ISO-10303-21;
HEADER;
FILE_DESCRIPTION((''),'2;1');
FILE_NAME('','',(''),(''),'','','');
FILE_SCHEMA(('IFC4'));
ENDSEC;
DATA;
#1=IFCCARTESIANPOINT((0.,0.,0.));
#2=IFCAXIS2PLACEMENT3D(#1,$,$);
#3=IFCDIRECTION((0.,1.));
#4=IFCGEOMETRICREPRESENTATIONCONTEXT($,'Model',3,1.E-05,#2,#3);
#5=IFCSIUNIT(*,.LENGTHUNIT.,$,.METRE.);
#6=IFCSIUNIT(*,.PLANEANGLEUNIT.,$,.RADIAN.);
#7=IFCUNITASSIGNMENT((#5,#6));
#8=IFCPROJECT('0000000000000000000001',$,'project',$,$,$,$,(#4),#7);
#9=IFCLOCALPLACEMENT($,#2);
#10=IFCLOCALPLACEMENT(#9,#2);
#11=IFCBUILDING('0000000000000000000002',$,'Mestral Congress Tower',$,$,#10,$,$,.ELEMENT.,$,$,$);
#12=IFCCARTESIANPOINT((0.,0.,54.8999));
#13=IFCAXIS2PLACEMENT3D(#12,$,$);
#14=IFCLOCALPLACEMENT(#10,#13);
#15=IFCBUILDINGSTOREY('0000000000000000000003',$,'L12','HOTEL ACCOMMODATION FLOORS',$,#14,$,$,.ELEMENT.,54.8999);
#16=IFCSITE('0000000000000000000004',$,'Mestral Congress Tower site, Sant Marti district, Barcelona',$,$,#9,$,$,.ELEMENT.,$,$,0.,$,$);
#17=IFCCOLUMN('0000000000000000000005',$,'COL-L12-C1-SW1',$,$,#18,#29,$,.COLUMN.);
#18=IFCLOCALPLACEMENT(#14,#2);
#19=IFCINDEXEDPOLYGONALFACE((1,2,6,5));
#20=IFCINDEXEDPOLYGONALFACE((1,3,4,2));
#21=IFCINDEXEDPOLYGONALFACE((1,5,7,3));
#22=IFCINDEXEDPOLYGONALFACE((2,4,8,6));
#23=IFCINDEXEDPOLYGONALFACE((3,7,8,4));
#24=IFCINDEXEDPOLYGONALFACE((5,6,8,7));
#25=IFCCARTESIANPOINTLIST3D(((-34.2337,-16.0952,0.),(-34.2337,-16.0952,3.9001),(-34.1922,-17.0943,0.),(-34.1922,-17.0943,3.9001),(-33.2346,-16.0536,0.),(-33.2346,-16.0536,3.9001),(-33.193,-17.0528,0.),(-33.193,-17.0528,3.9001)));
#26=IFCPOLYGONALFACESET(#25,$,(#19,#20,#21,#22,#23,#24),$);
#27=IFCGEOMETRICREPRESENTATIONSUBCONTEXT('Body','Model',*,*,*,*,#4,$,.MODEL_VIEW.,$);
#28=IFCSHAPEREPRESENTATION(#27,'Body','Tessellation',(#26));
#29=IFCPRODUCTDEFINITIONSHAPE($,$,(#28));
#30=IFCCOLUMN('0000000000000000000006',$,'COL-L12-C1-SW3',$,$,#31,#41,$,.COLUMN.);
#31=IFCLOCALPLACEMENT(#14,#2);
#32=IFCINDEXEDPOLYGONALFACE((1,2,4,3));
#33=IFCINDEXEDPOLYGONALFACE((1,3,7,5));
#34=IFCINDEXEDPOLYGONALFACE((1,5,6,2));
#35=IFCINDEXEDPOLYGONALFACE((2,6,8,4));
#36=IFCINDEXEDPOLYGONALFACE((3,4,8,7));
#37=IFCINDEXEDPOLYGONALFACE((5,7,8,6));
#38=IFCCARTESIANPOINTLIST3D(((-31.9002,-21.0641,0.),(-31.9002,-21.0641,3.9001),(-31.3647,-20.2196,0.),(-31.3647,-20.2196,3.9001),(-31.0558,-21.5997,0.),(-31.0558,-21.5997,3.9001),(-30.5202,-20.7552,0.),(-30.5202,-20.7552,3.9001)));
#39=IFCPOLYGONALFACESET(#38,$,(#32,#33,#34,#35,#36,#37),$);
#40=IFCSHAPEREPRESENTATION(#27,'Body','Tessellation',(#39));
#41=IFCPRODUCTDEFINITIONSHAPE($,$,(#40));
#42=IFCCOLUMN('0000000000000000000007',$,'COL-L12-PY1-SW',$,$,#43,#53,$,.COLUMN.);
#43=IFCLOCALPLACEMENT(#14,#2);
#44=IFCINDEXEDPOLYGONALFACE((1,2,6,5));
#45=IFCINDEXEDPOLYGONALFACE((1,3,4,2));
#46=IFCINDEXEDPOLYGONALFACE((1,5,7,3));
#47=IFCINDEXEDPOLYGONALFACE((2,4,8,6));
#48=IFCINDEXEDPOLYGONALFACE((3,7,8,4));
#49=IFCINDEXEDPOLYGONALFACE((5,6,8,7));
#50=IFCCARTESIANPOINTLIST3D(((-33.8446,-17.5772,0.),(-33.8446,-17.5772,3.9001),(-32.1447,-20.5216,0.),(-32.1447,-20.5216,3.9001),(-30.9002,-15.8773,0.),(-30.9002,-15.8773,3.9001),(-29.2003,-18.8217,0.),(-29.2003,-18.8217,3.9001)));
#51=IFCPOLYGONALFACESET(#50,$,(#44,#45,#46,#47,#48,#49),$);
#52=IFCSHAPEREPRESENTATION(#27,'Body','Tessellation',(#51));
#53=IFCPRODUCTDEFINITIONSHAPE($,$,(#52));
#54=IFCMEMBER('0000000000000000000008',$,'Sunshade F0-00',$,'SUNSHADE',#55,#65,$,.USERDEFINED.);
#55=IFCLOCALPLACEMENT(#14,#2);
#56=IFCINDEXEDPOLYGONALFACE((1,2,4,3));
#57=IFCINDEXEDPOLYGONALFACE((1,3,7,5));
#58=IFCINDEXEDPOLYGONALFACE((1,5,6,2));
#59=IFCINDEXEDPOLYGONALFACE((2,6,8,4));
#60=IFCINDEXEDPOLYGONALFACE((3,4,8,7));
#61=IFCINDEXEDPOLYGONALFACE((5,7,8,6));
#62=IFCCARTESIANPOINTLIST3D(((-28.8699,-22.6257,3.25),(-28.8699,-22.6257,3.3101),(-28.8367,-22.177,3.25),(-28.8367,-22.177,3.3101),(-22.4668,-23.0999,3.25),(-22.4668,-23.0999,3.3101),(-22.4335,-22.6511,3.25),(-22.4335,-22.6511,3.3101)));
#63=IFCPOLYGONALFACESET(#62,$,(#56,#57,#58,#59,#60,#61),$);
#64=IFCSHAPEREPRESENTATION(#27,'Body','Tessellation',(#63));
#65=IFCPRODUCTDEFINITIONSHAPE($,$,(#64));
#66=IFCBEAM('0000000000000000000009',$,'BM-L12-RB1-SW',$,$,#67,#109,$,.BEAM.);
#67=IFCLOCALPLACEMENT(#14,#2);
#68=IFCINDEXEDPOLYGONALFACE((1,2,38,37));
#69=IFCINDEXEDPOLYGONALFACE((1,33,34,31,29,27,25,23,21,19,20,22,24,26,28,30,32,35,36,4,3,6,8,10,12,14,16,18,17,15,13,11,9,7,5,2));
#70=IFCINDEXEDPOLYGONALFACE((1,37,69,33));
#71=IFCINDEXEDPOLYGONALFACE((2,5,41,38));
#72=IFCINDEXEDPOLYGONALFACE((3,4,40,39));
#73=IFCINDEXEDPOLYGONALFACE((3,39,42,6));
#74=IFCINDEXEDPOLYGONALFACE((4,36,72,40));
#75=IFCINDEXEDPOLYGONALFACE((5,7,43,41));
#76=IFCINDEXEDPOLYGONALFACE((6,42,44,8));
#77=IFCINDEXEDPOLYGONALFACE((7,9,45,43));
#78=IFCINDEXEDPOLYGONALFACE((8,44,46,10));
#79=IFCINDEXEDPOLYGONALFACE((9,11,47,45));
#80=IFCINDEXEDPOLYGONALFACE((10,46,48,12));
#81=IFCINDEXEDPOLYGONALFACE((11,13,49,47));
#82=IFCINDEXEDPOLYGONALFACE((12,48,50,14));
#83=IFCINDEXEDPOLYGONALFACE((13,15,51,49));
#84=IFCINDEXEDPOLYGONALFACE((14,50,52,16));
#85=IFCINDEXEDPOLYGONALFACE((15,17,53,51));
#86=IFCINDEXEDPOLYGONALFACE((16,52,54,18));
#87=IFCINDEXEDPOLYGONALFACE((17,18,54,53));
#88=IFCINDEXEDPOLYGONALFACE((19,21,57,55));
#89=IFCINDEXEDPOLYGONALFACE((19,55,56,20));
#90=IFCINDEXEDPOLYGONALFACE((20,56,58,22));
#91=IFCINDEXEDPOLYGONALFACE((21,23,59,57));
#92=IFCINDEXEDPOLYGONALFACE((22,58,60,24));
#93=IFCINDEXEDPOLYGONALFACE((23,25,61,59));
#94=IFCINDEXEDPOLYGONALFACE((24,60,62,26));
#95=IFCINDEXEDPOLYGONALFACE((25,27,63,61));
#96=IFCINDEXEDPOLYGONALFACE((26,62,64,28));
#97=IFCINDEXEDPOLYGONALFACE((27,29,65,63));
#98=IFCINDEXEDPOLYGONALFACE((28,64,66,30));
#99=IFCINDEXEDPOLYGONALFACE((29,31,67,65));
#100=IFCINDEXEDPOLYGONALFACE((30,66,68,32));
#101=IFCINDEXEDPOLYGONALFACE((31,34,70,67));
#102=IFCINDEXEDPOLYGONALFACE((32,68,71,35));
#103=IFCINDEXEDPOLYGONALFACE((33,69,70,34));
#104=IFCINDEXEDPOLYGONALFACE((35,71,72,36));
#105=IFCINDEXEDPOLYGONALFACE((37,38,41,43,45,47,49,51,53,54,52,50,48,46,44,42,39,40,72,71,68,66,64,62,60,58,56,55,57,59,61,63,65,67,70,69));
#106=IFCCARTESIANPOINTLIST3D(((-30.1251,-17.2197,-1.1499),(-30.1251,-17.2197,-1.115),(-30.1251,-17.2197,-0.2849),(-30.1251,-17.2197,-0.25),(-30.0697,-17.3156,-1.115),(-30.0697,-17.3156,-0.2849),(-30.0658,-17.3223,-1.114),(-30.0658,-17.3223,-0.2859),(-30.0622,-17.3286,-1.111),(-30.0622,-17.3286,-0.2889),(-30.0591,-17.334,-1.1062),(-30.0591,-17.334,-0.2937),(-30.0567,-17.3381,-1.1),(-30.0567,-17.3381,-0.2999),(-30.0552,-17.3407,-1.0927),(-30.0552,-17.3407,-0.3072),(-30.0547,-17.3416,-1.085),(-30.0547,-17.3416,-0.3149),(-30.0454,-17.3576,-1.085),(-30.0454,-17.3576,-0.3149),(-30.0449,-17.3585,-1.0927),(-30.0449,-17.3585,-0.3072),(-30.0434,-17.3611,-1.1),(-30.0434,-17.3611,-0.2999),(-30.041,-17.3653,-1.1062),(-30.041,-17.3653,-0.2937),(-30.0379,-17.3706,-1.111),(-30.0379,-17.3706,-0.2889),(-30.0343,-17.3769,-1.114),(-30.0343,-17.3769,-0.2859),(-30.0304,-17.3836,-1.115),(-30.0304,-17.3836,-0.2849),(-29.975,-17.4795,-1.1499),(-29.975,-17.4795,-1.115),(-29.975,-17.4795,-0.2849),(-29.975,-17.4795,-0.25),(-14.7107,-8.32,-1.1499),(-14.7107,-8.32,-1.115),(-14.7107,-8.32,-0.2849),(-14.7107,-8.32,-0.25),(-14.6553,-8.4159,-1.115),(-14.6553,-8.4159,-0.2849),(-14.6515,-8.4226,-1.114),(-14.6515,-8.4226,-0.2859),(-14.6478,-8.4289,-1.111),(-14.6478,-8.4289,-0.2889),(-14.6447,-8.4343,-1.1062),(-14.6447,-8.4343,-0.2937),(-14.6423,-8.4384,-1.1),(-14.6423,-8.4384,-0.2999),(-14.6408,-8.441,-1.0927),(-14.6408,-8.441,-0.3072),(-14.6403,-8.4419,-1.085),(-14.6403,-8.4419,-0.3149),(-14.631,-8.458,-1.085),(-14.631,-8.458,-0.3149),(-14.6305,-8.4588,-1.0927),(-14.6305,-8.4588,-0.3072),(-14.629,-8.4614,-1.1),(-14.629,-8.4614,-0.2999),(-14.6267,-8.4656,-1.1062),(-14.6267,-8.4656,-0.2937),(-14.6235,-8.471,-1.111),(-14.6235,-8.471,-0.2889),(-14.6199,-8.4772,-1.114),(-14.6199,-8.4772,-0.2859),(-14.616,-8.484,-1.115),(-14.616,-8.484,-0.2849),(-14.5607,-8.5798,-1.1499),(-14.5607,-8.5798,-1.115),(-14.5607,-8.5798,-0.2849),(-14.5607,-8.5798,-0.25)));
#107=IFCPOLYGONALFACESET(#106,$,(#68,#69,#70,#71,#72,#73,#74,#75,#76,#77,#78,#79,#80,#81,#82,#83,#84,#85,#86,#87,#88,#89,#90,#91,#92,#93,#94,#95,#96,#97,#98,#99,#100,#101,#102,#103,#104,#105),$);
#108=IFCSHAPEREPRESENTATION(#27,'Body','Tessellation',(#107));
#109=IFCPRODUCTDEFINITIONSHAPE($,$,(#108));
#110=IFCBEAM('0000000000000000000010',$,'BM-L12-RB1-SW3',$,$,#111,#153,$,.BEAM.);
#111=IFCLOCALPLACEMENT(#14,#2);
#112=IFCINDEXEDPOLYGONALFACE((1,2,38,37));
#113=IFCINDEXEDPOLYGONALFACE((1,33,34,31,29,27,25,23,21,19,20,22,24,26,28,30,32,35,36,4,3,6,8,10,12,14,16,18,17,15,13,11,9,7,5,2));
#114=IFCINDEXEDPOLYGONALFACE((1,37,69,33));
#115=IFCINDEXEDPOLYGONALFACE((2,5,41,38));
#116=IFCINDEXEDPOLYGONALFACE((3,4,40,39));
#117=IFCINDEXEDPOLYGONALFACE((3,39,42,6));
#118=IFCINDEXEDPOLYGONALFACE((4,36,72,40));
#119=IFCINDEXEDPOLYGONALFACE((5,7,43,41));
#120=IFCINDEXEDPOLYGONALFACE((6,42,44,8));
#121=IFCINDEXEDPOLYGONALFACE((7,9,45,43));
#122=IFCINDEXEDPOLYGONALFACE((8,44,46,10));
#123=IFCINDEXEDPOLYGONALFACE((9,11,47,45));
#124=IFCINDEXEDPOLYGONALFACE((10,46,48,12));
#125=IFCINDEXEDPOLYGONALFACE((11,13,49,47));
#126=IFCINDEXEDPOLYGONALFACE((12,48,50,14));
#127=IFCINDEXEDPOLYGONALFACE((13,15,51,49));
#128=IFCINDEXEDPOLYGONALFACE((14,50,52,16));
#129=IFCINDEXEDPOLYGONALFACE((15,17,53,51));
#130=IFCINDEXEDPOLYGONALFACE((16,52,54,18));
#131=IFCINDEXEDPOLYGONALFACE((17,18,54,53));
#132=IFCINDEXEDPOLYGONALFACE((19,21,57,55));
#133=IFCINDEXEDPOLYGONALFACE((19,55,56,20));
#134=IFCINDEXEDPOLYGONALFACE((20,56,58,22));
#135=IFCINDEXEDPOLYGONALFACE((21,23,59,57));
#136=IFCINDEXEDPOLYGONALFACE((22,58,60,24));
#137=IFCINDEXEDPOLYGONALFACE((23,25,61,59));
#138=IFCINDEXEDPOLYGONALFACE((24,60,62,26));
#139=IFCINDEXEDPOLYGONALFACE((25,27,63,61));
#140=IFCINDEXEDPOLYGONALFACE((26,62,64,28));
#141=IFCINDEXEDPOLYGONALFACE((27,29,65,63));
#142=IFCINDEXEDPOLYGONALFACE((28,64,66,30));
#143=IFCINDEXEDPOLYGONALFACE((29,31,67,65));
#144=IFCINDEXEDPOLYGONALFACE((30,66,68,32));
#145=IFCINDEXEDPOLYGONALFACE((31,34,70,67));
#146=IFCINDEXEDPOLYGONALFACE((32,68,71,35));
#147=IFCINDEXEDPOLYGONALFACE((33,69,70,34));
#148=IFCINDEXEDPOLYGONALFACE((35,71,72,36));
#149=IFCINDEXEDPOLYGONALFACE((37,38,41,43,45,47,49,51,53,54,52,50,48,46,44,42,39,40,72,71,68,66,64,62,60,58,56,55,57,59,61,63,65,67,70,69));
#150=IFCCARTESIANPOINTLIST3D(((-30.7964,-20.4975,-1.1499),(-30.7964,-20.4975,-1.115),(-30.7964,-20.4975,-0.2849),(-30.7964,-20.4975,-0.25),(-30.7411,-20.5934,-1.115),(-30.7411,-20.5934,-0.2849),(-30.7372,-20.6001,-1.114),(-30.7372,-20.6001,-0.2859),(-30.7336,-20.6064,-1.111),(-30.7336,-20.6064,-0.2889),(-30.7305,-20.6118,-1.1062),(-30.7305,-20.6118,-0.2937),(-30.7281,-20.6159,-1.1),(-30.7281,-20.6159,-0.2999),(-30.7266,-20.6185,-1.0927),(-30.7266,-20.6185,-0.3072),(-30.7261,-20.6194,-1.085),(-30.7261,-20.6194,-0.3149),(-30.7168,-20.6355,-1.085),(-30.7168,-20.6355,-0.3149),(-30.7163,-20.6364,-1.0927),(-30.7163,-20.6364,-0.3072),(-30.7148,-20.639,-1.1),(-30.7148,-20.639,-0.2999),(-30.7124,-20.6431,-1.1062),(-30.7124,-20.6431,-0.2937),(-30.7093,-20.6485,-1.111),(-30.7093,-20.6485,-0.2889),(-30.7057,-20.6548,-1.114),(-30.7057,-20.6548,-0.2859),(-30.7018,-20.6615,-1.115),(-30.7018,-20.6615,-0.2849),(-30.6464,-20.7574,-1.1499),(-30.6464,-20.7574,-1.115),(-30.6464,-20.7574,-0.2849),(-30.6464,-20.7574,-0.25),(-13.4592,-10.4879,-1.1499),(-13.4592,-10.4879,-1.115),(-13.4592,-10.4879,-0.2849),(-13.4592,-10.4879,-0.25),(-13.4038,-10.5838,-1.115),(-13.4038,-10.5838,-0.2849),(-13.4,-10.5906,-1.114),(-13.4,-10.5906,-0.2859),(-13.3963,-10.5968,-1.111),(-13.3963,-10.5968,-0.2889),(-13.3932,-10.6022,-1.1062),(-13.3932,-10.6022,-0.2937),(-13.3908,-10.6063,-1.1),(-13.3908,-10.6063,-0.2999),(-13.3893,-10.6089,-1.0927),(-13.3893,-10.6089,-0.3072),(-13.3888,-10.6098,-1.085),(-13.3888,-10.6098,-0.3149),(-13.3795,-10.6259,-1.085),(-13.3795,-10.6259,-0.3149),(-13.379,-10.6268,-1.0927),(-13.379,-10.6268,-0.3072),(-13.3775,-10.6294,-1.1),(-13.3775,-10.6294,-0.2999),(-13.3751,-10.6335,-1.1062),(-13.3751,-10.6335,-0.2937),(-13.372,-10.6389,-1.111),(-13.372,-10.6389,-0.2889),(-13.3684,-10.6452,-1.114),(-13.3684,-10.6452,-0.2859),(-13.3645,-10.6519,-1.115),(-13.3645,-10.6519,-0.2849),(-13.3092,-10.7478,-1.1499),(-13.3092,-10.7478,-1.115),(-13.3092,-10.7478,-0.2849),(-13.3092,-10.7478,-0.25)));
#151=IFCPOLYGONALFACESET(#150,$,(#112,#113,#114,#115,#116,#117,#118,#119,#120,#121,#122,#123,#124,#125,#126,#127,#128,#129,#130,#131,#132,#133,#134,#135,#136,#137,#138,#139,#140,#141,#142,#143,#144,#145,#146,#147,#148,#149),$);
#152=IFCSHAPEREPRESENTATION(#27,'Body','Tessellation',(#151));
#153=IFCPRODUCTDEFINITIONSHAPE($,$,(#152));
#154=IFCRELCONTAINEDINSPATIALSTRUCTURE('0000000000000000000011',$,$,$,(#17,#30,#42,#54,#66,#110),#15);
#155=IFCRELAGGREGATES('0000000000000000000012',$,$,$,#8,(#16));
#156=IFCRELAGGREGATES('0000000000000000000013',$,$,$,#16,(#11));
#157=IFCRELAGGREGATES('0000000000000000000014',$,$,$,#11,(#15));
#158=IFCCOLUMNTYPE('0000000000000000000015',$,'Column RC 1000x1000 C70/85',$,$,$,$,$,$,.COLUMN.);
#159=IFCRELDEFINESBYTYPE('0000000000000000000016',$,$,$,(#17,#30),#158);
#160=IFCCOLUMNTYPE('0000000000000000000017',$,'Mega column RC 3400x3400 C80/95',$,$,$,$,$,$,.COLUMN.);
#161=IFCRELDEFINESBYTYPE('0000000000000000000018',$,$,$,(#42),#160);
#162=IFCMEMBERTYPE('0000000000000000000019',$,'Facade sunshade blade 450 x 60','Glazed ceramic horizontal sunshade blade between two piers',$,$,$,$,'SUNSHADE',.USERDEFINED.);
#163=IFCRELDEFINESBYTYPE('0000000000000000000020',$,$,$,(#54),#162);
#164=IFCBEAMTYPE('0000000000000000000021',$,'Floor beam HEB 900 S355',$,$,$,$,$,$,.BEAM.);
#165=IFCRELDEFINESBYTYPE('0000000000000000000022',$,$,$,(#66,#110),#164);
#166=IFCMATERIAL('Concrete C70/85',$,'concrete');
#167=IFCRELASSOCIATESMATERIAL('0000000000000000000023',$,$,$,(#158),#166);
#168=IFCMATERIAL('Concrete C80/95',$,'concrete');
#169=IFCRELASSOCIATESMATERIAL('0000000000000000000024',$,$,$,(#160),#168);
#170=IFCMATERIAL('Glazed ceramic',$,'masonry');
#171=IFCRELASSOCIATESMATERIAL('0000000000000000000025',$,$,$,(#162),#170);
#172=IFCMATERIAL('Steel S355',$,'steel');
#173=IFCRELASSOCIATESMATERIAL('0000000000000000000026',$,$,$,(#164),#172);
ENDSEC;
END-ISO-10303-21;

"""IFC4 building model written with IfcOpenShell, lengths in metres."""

from ifc_helpers import new_model, si_unit, direction, frame, origin, origin_2d, place, context, subcontext, project, spatial, rectangle, i_section, extrude, material, material_profile, profile_set, type_object, element, save


model = new_model("IFC4")

# Units and contexts
model_context = context("Model", 3, precision=1e-05, world=origin(), true_north=direction((0.0, 1.0)))
body_context = subcontext(model_context, "Body", "Model", "MODEL_VIEW")
ifc_project = project(units=[si_unit("LENGTHUNIT", "METRE"), si_unit("PLANEANGLEUNIT", "RADIAN")], contexts=[model_context])

# Site, building, storey
site_placement = place(None, origin())
site = spatial("IfcSite", under=ifc_project, at=site_placement, Name="Mestral Congress Tower site, Sant Marti district, Barcelona", CompositionType="ELEMENT", RefElevation=0.0)
building_placement = place(site_placement, origin())
building = spatial("IfcBuilding", under=site, at=building_placement, Name="Mestral Congress Tower", CompositionType="ELEMENT")
storey_placement = place(building_placement, frame((0.0, 0.0, 54.8999)))
storey = spatial("IfcBuildingStorey", under=building, at=storey_placement, Name="L12", Description="HOTEL ACCOMMODATION FLOORS", CompositionType="ELEMENT", Elevation=54.8999)

# Columns
ifc_material_1 = material(Name="Concrete C70/85", Category="concrete")
ifc_material_profile_1 = material_profile(ifc_material_1, rectangle(XDim=1.0, YDim=1.0, at=origin_2d()), Name="RC 1000x1000")
ifc_profile_set_1 = profile_set([ifc_material_profile_1], Name="Concrete C70/85")
column_type_1 = type_object("IfcColumnType", Name="Column RC 1000x1000 C70/85", PredefinedType="COLUMN", material=ifc_profile_set_1)
for number, where, z_axis, x_axis, name in (
    (1, (-33.7134, -16.574, 0.0), (0.0, 0.0, 1.0), (0.041583, -0.999135, 0.0), "COL-L12-C1-SW1"),
    (2, (-31.2102, -20.9097, 0.0), (0.0, 0.0, 1.0), (0.844485, -0.535579, 0.0), "COL-L12-C1-SW3"),
):
    element("IfcColumn", number, at=place(storey_placement, frame(where, z_axis=z_axis, x_axis=x_axis)), inside=storey, type_object=column_type_1, Name=name, PredefinedType="COLUMN", context=body_context, shape_type="SweptSolid", body=[
        extrude(rectangle(XDim=1.0, YDim=1.0, at=origin_2d()), origin(), (0.0, 0.0, 1.0), 3.9001),
    ])
ifc_material_2 = material(Name="Concrete C80/95", Category="concrete")
ifc_material_profile_2 = material_profile(ifc_material_2, rectangle(XDim=3.3999, YDim=3.3999, at=origin_2d()), Name="RC 3400x3400")
ifc_profile_set_2 = profile_set([ifc_material_profile_2], Name="Concrete C80/95")
column_type_2 = type_object("IfcColumnType", Name="Mega column RC 3400x3400 C80/95", PredefinedType="COLUMN", material=ifc_profile_set_2)
column_placement = place(storey_placement, frame((-31.5225, -18.1995, 0.0), z_axis=(0.0, 0.0, 1.0), x_axis=(-0.866025, -0.5, 0.0)))
element("IfcColumn", 3, at=column_placement, inside=storey, type_object=column_type_2, Name="COL-L12-PY1-SW", PredefinedType="COLUMN", context=body_context, shape_type="SweptSolid", body=[
    extrude(rectangle(XDim=3.3999, YDim=3.3999, at=origin_2d()), origin(), (0.0, 0.0, 1.0), 3.9001),
])

# Member
ifc_material_3 = material(Name="Glazed ceramic", Category="masonry")
ifc_material_profile_3 = material_profile(ifc_material_3, rectangle(XDim=0.45, YDim=0.0601, at=origin_2d()), Name="Ceramic blade 450 x 60")
ifc_profile_set_3 = profile_set([ifc_material_profile_3], Name="Glazed ceramic")
member_type = type_object("IfcMemberType", Name="Facade sunshade blade 450 x 60", Description="Glazed ceramic horizontal sunshade blade between two piers", ElementType="SUNSHADE", PredefinedType="USERDEFINED", material=ifc_profile_set_3)
member_placement = place(storey_placement, frame((-28.8533, -22.4014, 3.28), z_axis=(0.99727, -0.073844, 0.0), x_axis=(0.073844, 0.99727, 0.0)))
element("IfcMember", 4, at=member_placement, inside=storey, type_object=member_type, Name="Sunshade F0-00", ObjectType="SUNSHADE", PredefinedType="USERDEFINED", context=body_context, shape_type="SweptSolid", body=[
    extrude(rectangle(XDim=0.45, YDim=0.0601, at=origin_2d()), origin(), (0.0, 0.0, 1.0), 6.4207),
])

# Beams
ifc_material_4 = material(Name="Steel S355", Category="steel")
ifc_material_profile_4 = material_profile(ifc_material_4, i_section(OverallWidth=0.3, OverallDepth=0.8999, WebThickness=0.0186, FlangeThickness=0.0349, FilletRadius=0.03, at=origin_2d()), Name="HEB 900")
ifc_profile_set_4 = profile_set([ifc_material_profile_4], Name="Steel S355")
beam_type_1 = type_object("IfcBeamType", Name="Floor beam HEB 900 S355", PredefinedType="BEAM", material=ifc_profile_set_4)
beam_1_placement = place(storey_placement, frame((-30.05, -17.3496, -0.7), z_axis=(0.86602, 0.500009, 0.0), x_axis=(-0.500009, 0.86602, 0.0)))
element("IfcBeam", 5, at=beam_1_placement, inside=storey, type_object=beam_type_1, Name="BM-L12-RB1-SW", PredefinedType="BEAM", context=body_context, shape_type="SweptSolid", body=[
    extrude(i_section(OverallWidth=0.3, OverallDepth=0.8999, WebThickness=0.0186, FlangeThickness=0.0349, FilletRadius=0.03, at=origin_2d()), origin(), (0.0, 0.0, 1.0), 17.7991),
])
beam_2_placement = place(storey_placement, frame((-30.7214, -20.6274, -0.7), z_axis=(0.866027, 0.499997, 0.0), x_axis=(-0.499997, 0.866027, 0.0)))
element("IfcBeam", 6, at=beam_2_placement, inside=storey, type_object=beam_type_1, Name="BM-L12-RB1-SW3", PredefinedType="BEAM", context=body_context, shape_type="SweptSolid", body=[
    extrude(i_section(OverallWidth=0.3, OverallDepth=0.8999, WebThickness=0.0186, FlangeThickness=0.0349, FilletRadius=0.03, at=origin_2d()), origin(), (0.0, 0.0, 1.0), 20.0193),
])

save(model, "model.ifc")
